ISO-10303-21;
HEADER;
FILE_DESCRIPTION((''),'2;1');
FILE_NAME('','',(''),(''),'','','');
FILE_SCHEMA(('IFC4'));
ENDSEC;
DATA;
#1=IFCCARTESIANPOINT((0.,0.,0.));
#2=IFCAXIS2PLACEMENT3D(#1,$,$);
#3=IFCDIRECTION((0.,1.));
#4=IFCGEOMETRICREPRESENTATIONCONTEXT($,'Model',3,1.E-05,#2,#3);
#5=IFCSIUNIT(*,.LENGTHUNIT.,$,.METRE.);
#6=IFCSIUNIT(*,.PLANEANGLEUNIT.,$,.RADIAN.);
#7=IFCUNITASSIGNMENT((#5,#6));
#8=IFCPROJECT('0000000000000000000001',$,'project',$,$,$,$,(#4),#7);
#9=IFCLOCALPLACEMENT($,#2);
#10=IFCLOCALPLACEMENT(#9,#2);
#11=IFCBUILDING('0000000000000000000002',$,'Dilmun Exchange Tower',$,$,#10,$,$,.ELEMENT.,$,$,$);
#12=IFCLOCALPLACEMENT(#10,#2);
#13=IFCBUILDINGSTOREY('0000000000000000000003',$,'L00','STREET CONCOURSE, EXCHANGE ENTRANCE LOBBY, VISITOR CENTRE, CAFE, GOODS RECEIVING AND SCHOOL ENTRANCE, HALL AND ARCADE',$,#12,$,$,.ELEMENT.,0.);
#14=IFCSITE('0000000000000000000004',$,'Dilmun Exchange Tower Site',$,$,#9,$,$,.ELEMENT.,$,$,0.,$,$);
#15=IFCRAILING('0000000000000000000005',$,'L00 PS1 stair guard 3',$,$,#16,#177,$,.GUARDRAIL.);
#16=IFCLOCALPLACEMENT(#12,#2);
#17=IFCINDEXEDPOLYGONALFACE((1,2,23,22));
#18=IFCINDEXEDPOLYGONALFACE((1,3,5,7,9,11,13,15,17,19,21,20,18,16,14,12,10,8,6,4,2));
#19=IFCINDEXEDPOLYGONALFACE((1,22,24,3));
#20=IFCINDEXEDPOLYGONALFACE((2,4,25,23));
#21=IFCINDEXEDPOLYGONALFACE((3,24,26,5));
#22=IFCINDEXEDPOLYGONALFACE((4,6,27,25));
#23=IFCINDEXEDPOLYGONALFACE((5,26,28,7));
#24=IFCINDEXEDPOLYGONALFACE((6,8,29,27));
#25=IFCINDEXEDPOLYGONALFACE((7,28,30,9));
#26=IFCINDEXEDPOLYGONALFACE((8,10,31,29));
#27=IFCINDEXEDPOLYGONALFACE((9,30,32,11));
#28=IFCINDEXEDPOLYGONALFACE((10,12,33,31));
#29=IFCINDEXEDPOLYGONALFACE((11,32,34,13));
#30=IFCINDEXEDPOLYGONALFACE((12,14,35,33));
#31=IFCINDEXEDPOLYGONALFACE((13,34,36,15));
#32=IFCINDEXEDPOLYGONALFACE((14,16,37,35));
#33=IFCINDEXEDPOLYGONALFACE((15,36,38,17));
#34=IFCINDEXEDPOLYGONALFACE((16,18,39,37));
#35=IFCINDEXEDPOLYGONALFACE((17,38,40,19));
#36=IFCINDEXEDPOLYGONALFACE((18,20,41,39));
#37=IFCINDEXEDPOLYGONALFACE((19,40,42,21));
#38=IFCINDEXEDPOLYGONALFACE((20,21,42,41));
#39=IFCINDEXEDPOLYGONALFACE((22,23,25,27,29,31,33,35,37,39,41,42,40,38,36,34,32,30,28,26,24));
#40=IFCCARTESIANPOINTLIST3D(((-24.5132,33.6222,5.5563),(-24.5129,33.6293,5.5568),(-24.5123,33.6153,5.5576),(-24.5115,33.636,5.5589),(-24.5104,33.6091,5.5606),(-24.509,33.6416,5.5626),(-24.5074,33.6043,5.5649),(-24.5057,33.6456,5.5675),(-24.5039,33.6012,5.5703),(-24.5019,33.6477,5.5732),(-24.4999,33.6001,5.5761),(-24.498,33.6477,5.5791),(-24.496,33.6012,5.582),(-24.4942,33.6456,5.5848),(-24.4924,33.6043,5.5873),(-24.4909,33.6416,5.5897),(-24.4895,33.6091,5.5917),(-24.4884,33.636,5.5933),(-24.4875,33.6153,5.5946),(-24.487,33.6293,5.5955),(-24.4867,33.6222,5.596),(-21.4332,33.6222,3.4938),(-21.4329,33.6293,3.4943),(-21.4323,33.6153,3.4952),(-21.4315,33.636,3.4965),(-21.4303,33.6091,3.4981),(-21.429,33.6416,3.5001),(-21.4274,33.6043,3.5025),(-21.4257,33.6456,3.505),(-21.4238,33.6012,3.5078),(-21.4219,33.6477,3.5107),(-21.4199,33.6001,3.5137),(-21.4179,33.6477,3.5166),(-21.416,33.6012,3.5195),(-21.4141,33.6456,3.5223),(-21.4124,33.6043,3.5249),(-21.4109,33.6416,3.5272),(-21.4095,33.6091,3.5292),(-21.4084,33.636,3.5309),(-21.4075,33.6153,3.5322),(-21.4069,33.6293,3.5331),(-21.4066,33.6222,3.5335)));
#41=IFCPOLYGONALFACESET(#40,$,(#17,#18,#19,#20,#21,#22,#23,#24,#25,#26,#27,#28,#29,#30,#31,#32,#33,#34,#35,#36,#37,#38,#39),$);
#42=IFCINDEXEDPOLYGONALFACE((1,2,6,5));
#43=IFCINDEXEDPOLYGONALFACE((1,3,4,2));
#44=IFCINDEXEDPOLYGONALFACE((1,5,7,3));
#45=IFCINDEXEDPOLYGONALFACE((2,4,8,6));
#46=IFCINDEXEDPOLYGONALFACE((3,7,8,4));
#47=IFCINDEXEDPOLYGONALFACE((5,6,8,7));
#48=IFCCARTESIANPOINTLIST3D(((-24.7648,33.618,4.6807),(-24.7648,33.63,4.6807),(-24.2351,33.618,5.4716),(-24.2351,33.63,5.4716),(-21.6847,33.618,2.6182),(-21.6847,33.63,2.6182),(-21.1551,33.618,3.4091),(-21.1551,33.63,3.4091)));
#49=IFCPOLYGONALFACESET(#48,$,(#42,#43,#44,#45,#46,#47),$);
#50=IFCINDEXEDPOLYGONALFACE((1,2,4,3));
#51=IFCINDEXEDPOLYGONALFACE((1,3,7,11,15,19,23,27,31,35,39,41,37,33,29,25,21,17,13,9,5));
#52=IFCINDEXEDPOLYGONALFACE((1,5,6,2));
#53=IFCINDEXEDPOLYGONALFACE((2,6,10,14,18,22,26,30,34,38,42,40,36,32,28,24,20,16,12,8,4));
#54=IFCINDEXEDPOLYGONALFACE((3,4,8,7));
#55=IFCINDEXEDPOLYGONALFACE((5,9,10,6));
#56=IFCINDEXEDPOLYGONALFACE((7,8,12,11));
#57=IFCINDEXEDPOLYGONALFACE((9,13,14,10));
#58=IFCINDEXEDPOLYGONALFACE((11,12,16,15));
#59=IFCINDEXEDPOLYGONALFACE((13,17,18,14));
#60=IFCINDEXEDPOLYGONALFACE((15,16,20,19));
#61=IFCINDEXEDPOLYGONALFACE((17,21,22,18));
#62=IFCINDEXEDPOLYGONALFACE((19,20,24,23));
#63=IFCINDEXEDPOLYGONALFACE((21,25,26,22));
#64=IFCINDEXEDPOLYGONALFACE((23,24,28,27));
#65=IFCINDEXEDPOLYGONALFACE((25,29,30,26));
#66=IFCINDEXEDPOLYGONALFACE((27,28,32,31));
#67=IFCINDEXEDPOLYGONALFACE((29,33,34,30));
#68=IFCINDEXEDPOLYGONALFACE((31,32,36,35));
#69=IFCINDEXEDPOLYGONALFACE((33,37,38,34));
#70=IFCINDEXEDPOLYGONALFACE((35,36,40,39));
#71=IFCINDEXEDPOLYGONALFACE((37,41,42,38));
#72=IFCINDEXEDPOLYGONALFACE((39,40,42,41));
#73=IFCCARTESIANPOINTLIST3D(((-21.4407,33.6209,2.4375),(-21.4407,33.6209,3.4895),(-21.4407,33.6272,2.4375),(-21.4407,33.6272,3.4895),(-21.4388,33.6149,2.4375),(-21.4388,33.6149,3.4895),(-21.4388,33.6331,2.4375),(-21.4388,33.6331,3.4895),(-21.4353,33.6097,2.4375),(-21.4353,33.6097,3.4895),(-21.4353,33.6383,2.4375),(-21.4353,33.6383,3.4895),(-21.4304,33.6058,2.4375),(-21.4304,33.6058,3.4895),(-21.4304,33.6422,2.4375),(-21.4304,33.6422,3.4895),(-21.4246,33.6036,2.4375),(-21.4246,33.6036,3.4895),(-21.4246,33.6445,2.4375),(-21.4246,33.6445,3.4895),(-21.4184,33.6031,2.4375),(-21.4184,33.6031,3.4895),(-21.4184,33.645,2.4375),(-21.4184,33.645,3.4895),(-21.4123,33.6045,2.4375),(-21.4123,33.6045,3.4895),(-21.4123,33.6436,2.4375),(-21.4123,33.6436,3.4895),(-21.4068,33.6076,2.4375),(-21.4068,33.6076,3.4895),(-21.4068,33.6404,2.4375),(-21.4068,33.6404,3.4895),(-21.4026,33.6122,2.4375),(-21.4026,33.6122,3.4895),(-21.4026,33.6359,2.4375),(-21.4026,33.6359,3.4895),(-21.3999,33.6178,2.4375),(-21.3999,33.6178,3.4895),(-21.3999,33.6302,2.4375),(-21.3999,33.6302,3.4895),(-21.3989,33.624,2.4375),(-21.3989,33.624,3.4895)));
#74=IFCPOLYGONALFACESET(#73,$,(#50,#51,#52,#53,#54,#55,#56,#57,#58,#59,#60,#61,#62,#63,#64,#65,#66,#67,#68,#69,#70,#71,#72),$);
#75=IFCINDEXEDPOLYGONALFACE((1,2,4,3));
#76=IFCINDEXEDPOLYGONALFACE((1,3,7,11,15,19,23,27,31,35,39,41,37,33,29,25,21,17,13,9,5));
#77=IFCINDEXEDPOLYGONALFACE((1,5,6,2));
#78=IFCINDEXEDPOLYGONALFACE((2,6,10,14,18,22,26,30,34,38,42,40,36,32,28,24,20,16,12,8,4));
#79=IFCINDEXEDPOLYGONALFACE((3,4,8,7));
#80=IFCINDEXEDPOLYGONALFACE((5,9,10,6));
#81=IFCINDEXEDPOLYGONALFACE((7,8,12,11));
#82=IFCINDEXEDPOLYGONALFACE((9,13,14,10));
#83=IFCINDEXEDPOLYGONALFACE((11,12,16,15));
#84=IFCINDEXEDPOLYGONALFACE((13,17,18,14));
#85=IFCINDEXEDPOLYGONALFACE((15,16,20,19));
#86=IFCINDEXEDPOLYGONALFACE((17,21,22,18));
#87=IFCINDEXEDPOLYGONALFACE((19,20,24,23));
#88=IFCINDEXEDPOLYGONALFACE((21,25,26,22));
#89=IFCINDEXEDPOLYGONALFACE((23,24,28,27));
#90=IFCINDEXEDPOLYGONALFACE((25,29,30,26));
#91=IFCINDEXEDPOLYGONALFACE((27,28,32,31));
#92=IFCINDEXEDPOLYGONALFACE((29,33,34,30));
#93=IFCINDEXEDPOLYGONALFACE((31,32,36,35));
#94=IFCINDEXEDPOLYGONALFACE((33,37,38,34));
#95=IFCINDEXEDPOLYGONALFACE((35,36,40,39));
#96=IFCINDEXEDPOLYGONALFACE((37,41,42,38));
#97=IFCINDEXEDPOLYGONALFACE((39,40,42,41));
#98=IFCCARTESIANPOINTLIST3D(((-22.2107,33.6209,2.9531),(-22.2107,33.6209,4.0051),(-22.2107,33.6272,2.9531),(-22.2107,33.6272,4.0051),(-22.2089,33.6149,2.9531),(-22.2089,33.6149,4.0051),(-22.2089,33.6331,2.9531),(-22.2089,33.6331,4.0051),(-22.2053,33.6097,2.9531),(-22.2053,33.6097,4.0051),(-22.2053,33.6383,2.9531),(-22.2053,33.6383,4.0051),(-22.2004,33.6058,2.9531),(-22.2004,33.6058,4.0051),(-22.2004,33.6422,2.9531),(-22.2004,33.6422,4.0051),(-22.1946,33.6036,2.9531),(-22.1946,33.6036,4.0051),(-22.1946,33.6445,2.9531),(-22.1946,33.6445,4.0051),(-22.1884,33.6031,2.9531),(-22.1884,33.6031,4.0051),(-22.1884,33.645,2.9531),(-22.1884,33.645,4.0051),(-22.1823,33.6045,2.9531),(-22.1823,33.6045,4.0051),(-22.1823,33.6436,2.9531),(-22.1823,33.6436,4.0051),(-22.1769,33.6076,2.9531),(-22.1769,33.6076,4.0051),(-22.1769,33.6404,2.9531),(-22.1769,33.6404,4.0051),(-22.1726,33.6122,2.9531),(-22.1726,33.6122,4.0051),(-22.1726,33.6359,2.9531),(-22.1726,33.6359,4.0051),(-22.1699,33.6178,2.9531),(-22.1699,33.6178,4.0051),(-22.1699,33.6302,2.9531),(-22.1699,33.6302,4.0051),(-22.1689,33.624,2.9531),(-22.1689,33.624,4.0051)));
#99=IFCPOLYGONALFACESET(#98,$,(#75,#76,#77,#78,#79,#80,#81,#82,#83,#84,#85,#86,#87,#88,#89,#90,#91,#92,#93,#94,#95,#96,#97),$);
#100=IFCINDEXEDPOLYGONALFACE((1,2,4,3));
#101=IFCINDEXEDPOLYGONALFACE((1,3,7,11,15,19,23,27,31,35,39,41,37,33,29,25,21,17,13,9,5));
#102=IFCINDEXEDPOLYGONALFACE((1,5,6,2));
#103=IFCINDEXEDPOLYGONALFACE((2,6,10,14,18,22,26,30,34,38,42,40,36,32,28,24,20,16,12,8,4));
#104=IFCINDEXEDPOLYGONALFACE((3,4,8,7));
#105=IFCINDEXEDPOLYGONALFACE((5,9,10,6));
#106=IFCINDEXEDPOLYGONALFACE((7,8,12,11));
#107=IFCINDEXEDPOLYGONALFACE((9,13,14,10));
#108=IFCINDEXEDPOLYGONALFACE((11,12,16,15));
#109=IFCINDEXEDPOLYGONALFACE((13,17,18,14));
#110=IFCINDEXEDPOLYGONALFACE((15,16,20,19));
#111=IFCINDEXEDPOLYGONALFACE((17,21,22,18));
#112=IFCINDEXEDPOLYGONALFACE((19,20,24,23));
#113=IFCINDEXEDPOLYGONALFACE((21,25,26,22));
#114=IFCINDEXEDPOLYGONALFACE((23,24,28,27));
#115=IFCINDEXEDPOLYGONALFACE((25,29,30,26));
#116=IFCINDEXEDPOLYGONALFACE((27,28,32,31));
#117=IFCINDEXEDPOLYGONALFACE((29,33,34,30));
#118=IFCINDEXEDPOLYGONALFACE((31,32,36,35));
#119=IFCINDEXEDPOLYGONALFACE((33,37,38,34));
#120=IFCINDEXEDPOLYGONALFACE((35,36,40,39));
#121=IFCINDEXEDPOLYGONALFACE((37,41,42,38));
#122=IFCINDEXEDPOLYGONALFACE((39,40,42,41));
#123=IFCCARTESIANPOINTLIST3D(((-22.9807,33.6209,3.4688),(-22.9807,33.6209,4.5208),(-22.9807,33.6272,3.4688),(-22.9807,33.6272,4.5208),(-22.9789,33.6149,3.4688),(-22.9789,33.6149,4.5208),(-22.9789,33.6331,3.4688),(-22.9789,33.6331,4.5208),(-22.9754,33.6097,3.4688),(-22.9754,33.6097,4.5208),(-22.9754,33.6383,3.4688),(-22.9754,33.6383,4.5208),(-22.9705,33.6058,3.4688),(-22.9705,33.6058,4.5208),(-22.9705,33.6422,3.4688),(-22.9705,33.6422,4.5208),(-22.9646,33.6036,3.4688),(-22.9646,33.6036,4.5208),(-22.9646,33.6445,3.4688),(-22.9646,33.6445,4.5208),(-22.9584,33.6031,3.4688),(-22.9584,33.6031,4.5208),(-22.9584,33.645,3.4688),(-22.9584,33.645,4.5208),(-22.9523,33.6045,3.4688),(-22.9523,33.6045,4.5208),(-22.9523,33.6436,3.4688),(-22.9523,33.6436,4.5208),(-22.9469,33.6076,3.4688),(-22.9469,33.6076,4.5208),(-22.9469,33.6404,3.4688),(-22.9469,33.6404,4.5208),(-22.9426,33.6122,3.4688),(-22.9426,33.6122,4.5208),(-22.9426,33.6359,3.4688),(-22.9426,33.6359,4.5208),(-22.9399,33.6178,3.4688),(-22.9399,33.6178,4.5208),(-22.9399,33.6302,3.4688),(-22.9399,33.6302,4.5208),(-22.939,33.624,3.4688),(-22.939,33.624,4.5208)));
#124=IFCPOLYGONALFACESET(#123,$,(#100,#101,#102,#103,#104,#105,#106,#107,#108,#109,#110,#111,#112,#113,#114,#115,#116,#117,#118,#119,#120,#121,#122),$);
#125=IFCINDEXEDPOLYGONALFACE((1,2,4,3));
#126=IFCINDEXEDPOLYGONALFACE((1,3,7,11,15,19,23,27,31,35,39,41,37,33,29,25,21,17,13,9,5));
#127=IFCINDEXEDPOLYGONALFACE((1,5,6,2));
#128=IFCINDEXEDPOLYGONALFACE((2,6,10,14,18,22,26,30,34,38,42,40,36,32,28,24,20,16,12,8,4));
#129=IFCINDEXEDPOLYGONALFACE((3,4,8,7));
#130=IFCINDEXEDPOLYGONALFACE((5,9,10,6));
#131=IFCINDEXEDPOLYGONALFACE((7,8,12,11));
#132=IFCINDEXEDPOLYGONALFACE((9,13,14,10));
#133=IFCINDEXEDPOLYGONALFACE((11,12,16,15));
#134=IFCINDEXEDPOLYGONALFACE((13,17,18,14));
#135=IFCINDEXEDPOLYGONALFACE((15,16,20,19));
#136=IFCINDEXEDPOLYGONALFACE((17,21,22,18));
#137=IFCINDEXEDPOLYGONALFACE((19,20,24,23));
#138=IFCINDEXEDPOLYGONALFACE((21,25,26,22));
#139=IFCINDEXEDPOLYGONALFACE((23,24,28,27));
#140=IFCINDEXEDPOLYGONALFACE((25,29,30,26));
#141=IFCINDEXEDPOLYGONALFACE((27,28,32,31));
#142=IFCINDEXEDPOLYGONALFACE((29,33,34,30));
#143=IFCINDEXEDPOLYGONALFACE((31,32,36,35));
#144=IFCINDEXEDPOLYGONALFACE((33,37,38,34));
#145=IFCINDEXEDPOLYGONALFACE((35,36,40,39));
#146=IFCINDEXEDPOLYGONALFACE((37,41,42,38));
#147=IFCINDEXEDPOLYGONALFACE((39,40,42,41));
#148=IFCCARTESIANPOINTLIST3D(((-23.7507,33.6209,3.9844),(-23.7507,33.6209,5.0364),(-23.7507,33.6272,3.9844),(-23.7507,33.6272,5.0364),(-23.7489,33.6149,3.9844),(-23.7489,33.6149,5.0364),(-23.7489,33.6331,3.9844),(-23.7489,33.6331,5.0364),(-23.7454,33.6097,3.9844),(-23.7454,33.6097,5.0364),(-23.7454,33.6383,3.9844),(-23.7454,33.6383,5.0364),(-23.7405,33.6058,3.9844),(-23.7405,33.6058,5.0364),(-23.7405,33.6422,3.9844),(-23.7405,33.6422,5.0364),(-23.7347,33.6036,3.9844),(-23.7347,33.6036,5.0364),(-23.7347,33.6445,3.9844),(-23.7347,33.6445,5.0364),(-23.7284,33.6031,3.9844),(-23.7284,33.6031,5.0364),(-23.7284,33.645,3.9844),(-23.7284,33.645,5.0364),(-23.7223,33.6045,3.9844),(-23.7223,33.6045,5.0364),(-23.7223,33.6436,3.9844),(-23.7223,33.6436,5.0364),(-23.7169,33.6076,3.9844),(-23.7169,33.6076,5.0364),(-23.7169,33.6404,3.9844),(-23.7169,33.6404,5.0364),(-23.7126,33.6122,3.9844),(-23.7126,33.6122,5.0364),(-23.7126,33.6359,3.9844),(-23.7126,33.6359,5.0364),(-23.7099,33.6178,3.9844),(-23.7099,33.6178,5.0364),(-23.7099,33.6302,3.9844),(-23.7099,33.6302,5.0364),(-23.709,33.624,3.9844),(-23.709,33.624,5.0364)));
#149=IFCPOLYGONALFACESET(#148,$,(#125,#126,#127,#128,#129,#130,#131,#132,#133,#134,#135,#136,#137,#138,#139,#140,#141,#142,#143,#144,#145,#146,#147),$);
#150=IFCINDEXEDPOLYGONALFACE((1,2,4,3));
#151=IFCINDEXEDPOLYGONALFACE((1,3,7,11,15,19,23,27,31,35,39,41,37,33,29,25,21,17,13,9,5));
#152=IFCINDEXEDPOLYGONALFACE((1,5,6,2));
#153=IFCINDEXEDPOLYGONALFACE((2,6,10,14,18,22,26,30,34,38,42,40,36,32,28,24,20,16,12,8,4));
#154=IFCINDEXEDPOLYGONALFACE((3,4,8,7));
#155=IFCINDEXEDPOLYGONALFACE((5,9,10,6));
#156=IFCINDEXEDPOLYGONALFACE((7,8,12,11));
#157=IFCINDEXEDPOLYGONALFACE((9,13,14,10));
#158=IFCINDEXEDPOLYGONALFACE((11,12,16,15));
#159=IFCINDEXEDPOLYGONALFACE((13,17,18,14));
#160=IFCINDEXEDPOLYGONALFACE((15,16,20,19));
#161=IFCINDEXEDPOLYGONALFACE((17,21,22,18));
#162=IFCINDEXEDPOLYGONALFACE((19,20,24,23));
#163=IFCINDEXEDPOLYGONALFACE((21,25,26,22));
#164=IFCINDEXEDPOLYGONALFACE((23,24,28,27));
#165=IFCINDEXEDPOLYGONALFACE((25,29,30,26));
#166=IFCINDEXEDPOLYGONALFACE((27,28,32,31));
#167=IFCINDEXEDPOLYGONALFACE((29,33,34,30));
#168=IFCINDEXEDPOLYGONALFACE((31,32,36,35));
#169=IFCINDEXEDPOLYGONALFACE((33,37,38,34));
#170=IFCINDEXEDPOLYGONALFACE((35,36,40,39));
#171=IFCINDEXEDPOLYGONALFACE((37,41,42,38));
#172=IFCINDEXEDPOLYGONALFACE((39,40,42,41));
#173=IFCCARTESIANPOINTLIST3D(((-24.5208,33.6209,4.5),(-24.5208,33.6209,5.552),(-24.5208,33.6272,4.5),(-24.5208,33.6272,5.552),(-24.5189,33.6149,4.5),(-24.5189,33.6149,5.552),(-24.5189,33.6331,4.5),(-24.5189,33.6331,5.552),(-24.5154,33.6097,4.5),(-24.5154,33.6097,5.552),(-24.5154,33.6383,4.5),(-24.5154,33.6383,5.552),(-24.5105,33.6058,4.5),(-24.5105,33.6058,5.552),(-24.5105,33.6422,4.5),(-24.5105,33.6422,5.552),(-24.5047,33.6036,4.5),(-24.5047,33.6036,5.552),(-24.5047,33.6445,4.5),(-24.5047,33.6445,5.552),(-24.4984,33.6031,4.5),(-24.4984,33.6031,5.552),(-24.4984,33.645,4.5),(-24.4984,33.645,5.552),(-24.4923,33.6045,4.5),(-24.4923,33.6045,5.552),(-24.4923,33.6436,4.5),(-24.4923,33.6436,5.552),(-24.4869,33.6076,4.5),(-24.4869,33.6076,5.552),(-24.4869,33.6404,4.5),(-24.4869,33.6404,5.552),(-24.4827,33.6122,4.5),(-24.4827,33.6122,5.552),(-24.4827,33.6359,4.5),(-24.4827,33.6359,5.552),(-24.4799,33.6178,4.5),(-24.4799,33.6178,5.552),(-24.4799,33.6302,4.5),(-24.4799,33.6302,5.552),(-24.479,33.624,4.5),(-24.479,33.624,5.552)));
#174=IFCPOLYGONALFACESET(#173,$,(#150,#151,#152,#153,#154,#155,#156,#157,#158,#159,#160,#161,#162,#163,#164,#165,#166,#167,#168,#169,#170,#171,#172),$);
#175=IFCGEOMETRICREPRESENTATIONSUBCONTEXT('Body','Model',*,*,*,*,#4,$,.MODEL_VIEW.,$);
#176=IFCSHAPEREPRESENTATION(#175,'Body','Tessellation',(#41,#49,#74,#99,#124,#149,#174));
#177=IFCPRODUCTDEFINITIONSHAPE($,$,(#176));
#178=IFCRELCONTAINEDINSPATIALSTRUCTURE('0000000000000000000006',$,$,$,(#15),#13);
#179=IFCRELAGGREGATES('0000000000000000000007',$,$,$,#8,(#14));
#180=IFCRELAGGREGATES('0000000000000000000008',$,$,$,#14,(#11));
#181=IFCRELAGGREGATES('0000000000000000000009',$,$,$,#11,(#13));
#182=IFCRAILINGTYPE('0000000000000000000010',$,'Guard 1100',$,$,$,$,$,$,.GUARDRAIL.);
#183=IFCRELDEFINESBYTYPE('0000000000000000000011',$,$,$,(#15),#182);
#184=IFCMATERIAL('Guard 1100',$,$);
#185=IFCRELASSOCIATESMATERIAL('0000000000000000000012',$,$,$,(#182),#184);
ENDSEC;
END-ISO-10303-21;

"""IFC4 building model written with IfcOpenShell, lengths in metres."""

from ifc_helpers import new_model, si_unit, direction, frame, origin, origin_2d, place, context, subcontext, project, spatial, rectangle, circle, extrude, material, type_object, element, save


model = new_model("IFC4")

# Units and contexts
model_context = context("Model", 3, precision=1e-05, world=origin(), true_north=direction((0.0, 1.0)))
body_context = subcontext(model_context, "Body", "Model", "MODEL_VIEW")
ifc_project = project(units=[si_unit("LENGTHUNIT", "METRE"), si_unit("PLANEANGLEUNIT", "RADIAN")], contexts=[model_context])

# Site, building, storey
site_placement = place(None, origin())
site = spatial("IfcSite", under=ifc_project, at=site_placement, Name="Dilmun Exchange Tower Site", CompositionType="ELEMENT", RefElevation=0.0)
building_placement = place(site_placement, origin())
building = spatial("IfcBuilding", under=site, at=building_placement, Name="Dilmun Exchange Tower", CompositionType="ELEMENT")
storey_placement = place(building_placement, origin())
storey = spatial("IfcBuildingStorey", under=building, at=storey_placement, Name="L00", Description="STREET CONCOURSE, EXCHANGE ENTRANCE LOBBY, VISITOR CENTRE, CAFE, GOODS RECEIVING AND SCHOOL ENTRANCE, HALL AND ARCADE", CompositionType="ELEMENT", Elevation=0.0)

# Railing
ifc_material_1 = material(Name="Guard 1100")
railing_type_1 = type_object("IfcRailingType", Name="Guard 1100", PredefinedType="GUARDRAIL", material=ifc_material_1)
railing_1_placement = place(storey_placement, frame((-21.4199, 33.624, 2.4375)))
element("IfcRailing", 1, at=railing_1_placement, inside=storey, type_object=railing_type_1, Name="L00 PS1 stair guard 3", PredefinedType="GUARDRAIL", context=body_context, shape_type="SweptSolid", body=[
    extrude(circle(Radius=0.0239, at=origin_2d()), frame((0.0, 0.0, 1.0762), z_axis=(-0.830914, 0.0, 0.556401), x_axis=(0.0, -1.0, 0.0)), (0.0, 0.0, 1.0), 3.7068),
    extrude(rectangle(XDim=0.012, YDim=0.9519, at=origin_2d()), frame((0.0, 0.0, 0.5762), z_axis=(-0.830914, 0.0, 0.556401), x_axis=(0.0, -1.0, 0.0)), (0.0, 0.0, 1.0), 3.7068),
    extrude(circle(Radius=0.021, at=origin_2d()), origin(), (0.0, 0.0, 1.0), 1.052),
    extrude(circle(Radius=0.021, at=origin_2d()), frame((-0.77, 0.0, 0.5156)), (0.0, 0.0, 1.0), 1.052),
    extrude(circle(Radius=0.021, at=origin_2d()), frame((-1.54, 0.0, 1.0312)), (0.0, 0.0, 1.0), 1.052),
    extrude(circle(Radius=0.021, at=origin_2d()), frame((-2.3101, 0.0, 1.5469)), (0.0, 0.0, 1.0), 1.052),
    extrude(circle(Radius=0.021, at=origin_2d()), frame((-3.0801, 0.0, 2.0625)), (0.0, 0.0, 1.0), 1.052),
])

save(model, "model.ifc")
